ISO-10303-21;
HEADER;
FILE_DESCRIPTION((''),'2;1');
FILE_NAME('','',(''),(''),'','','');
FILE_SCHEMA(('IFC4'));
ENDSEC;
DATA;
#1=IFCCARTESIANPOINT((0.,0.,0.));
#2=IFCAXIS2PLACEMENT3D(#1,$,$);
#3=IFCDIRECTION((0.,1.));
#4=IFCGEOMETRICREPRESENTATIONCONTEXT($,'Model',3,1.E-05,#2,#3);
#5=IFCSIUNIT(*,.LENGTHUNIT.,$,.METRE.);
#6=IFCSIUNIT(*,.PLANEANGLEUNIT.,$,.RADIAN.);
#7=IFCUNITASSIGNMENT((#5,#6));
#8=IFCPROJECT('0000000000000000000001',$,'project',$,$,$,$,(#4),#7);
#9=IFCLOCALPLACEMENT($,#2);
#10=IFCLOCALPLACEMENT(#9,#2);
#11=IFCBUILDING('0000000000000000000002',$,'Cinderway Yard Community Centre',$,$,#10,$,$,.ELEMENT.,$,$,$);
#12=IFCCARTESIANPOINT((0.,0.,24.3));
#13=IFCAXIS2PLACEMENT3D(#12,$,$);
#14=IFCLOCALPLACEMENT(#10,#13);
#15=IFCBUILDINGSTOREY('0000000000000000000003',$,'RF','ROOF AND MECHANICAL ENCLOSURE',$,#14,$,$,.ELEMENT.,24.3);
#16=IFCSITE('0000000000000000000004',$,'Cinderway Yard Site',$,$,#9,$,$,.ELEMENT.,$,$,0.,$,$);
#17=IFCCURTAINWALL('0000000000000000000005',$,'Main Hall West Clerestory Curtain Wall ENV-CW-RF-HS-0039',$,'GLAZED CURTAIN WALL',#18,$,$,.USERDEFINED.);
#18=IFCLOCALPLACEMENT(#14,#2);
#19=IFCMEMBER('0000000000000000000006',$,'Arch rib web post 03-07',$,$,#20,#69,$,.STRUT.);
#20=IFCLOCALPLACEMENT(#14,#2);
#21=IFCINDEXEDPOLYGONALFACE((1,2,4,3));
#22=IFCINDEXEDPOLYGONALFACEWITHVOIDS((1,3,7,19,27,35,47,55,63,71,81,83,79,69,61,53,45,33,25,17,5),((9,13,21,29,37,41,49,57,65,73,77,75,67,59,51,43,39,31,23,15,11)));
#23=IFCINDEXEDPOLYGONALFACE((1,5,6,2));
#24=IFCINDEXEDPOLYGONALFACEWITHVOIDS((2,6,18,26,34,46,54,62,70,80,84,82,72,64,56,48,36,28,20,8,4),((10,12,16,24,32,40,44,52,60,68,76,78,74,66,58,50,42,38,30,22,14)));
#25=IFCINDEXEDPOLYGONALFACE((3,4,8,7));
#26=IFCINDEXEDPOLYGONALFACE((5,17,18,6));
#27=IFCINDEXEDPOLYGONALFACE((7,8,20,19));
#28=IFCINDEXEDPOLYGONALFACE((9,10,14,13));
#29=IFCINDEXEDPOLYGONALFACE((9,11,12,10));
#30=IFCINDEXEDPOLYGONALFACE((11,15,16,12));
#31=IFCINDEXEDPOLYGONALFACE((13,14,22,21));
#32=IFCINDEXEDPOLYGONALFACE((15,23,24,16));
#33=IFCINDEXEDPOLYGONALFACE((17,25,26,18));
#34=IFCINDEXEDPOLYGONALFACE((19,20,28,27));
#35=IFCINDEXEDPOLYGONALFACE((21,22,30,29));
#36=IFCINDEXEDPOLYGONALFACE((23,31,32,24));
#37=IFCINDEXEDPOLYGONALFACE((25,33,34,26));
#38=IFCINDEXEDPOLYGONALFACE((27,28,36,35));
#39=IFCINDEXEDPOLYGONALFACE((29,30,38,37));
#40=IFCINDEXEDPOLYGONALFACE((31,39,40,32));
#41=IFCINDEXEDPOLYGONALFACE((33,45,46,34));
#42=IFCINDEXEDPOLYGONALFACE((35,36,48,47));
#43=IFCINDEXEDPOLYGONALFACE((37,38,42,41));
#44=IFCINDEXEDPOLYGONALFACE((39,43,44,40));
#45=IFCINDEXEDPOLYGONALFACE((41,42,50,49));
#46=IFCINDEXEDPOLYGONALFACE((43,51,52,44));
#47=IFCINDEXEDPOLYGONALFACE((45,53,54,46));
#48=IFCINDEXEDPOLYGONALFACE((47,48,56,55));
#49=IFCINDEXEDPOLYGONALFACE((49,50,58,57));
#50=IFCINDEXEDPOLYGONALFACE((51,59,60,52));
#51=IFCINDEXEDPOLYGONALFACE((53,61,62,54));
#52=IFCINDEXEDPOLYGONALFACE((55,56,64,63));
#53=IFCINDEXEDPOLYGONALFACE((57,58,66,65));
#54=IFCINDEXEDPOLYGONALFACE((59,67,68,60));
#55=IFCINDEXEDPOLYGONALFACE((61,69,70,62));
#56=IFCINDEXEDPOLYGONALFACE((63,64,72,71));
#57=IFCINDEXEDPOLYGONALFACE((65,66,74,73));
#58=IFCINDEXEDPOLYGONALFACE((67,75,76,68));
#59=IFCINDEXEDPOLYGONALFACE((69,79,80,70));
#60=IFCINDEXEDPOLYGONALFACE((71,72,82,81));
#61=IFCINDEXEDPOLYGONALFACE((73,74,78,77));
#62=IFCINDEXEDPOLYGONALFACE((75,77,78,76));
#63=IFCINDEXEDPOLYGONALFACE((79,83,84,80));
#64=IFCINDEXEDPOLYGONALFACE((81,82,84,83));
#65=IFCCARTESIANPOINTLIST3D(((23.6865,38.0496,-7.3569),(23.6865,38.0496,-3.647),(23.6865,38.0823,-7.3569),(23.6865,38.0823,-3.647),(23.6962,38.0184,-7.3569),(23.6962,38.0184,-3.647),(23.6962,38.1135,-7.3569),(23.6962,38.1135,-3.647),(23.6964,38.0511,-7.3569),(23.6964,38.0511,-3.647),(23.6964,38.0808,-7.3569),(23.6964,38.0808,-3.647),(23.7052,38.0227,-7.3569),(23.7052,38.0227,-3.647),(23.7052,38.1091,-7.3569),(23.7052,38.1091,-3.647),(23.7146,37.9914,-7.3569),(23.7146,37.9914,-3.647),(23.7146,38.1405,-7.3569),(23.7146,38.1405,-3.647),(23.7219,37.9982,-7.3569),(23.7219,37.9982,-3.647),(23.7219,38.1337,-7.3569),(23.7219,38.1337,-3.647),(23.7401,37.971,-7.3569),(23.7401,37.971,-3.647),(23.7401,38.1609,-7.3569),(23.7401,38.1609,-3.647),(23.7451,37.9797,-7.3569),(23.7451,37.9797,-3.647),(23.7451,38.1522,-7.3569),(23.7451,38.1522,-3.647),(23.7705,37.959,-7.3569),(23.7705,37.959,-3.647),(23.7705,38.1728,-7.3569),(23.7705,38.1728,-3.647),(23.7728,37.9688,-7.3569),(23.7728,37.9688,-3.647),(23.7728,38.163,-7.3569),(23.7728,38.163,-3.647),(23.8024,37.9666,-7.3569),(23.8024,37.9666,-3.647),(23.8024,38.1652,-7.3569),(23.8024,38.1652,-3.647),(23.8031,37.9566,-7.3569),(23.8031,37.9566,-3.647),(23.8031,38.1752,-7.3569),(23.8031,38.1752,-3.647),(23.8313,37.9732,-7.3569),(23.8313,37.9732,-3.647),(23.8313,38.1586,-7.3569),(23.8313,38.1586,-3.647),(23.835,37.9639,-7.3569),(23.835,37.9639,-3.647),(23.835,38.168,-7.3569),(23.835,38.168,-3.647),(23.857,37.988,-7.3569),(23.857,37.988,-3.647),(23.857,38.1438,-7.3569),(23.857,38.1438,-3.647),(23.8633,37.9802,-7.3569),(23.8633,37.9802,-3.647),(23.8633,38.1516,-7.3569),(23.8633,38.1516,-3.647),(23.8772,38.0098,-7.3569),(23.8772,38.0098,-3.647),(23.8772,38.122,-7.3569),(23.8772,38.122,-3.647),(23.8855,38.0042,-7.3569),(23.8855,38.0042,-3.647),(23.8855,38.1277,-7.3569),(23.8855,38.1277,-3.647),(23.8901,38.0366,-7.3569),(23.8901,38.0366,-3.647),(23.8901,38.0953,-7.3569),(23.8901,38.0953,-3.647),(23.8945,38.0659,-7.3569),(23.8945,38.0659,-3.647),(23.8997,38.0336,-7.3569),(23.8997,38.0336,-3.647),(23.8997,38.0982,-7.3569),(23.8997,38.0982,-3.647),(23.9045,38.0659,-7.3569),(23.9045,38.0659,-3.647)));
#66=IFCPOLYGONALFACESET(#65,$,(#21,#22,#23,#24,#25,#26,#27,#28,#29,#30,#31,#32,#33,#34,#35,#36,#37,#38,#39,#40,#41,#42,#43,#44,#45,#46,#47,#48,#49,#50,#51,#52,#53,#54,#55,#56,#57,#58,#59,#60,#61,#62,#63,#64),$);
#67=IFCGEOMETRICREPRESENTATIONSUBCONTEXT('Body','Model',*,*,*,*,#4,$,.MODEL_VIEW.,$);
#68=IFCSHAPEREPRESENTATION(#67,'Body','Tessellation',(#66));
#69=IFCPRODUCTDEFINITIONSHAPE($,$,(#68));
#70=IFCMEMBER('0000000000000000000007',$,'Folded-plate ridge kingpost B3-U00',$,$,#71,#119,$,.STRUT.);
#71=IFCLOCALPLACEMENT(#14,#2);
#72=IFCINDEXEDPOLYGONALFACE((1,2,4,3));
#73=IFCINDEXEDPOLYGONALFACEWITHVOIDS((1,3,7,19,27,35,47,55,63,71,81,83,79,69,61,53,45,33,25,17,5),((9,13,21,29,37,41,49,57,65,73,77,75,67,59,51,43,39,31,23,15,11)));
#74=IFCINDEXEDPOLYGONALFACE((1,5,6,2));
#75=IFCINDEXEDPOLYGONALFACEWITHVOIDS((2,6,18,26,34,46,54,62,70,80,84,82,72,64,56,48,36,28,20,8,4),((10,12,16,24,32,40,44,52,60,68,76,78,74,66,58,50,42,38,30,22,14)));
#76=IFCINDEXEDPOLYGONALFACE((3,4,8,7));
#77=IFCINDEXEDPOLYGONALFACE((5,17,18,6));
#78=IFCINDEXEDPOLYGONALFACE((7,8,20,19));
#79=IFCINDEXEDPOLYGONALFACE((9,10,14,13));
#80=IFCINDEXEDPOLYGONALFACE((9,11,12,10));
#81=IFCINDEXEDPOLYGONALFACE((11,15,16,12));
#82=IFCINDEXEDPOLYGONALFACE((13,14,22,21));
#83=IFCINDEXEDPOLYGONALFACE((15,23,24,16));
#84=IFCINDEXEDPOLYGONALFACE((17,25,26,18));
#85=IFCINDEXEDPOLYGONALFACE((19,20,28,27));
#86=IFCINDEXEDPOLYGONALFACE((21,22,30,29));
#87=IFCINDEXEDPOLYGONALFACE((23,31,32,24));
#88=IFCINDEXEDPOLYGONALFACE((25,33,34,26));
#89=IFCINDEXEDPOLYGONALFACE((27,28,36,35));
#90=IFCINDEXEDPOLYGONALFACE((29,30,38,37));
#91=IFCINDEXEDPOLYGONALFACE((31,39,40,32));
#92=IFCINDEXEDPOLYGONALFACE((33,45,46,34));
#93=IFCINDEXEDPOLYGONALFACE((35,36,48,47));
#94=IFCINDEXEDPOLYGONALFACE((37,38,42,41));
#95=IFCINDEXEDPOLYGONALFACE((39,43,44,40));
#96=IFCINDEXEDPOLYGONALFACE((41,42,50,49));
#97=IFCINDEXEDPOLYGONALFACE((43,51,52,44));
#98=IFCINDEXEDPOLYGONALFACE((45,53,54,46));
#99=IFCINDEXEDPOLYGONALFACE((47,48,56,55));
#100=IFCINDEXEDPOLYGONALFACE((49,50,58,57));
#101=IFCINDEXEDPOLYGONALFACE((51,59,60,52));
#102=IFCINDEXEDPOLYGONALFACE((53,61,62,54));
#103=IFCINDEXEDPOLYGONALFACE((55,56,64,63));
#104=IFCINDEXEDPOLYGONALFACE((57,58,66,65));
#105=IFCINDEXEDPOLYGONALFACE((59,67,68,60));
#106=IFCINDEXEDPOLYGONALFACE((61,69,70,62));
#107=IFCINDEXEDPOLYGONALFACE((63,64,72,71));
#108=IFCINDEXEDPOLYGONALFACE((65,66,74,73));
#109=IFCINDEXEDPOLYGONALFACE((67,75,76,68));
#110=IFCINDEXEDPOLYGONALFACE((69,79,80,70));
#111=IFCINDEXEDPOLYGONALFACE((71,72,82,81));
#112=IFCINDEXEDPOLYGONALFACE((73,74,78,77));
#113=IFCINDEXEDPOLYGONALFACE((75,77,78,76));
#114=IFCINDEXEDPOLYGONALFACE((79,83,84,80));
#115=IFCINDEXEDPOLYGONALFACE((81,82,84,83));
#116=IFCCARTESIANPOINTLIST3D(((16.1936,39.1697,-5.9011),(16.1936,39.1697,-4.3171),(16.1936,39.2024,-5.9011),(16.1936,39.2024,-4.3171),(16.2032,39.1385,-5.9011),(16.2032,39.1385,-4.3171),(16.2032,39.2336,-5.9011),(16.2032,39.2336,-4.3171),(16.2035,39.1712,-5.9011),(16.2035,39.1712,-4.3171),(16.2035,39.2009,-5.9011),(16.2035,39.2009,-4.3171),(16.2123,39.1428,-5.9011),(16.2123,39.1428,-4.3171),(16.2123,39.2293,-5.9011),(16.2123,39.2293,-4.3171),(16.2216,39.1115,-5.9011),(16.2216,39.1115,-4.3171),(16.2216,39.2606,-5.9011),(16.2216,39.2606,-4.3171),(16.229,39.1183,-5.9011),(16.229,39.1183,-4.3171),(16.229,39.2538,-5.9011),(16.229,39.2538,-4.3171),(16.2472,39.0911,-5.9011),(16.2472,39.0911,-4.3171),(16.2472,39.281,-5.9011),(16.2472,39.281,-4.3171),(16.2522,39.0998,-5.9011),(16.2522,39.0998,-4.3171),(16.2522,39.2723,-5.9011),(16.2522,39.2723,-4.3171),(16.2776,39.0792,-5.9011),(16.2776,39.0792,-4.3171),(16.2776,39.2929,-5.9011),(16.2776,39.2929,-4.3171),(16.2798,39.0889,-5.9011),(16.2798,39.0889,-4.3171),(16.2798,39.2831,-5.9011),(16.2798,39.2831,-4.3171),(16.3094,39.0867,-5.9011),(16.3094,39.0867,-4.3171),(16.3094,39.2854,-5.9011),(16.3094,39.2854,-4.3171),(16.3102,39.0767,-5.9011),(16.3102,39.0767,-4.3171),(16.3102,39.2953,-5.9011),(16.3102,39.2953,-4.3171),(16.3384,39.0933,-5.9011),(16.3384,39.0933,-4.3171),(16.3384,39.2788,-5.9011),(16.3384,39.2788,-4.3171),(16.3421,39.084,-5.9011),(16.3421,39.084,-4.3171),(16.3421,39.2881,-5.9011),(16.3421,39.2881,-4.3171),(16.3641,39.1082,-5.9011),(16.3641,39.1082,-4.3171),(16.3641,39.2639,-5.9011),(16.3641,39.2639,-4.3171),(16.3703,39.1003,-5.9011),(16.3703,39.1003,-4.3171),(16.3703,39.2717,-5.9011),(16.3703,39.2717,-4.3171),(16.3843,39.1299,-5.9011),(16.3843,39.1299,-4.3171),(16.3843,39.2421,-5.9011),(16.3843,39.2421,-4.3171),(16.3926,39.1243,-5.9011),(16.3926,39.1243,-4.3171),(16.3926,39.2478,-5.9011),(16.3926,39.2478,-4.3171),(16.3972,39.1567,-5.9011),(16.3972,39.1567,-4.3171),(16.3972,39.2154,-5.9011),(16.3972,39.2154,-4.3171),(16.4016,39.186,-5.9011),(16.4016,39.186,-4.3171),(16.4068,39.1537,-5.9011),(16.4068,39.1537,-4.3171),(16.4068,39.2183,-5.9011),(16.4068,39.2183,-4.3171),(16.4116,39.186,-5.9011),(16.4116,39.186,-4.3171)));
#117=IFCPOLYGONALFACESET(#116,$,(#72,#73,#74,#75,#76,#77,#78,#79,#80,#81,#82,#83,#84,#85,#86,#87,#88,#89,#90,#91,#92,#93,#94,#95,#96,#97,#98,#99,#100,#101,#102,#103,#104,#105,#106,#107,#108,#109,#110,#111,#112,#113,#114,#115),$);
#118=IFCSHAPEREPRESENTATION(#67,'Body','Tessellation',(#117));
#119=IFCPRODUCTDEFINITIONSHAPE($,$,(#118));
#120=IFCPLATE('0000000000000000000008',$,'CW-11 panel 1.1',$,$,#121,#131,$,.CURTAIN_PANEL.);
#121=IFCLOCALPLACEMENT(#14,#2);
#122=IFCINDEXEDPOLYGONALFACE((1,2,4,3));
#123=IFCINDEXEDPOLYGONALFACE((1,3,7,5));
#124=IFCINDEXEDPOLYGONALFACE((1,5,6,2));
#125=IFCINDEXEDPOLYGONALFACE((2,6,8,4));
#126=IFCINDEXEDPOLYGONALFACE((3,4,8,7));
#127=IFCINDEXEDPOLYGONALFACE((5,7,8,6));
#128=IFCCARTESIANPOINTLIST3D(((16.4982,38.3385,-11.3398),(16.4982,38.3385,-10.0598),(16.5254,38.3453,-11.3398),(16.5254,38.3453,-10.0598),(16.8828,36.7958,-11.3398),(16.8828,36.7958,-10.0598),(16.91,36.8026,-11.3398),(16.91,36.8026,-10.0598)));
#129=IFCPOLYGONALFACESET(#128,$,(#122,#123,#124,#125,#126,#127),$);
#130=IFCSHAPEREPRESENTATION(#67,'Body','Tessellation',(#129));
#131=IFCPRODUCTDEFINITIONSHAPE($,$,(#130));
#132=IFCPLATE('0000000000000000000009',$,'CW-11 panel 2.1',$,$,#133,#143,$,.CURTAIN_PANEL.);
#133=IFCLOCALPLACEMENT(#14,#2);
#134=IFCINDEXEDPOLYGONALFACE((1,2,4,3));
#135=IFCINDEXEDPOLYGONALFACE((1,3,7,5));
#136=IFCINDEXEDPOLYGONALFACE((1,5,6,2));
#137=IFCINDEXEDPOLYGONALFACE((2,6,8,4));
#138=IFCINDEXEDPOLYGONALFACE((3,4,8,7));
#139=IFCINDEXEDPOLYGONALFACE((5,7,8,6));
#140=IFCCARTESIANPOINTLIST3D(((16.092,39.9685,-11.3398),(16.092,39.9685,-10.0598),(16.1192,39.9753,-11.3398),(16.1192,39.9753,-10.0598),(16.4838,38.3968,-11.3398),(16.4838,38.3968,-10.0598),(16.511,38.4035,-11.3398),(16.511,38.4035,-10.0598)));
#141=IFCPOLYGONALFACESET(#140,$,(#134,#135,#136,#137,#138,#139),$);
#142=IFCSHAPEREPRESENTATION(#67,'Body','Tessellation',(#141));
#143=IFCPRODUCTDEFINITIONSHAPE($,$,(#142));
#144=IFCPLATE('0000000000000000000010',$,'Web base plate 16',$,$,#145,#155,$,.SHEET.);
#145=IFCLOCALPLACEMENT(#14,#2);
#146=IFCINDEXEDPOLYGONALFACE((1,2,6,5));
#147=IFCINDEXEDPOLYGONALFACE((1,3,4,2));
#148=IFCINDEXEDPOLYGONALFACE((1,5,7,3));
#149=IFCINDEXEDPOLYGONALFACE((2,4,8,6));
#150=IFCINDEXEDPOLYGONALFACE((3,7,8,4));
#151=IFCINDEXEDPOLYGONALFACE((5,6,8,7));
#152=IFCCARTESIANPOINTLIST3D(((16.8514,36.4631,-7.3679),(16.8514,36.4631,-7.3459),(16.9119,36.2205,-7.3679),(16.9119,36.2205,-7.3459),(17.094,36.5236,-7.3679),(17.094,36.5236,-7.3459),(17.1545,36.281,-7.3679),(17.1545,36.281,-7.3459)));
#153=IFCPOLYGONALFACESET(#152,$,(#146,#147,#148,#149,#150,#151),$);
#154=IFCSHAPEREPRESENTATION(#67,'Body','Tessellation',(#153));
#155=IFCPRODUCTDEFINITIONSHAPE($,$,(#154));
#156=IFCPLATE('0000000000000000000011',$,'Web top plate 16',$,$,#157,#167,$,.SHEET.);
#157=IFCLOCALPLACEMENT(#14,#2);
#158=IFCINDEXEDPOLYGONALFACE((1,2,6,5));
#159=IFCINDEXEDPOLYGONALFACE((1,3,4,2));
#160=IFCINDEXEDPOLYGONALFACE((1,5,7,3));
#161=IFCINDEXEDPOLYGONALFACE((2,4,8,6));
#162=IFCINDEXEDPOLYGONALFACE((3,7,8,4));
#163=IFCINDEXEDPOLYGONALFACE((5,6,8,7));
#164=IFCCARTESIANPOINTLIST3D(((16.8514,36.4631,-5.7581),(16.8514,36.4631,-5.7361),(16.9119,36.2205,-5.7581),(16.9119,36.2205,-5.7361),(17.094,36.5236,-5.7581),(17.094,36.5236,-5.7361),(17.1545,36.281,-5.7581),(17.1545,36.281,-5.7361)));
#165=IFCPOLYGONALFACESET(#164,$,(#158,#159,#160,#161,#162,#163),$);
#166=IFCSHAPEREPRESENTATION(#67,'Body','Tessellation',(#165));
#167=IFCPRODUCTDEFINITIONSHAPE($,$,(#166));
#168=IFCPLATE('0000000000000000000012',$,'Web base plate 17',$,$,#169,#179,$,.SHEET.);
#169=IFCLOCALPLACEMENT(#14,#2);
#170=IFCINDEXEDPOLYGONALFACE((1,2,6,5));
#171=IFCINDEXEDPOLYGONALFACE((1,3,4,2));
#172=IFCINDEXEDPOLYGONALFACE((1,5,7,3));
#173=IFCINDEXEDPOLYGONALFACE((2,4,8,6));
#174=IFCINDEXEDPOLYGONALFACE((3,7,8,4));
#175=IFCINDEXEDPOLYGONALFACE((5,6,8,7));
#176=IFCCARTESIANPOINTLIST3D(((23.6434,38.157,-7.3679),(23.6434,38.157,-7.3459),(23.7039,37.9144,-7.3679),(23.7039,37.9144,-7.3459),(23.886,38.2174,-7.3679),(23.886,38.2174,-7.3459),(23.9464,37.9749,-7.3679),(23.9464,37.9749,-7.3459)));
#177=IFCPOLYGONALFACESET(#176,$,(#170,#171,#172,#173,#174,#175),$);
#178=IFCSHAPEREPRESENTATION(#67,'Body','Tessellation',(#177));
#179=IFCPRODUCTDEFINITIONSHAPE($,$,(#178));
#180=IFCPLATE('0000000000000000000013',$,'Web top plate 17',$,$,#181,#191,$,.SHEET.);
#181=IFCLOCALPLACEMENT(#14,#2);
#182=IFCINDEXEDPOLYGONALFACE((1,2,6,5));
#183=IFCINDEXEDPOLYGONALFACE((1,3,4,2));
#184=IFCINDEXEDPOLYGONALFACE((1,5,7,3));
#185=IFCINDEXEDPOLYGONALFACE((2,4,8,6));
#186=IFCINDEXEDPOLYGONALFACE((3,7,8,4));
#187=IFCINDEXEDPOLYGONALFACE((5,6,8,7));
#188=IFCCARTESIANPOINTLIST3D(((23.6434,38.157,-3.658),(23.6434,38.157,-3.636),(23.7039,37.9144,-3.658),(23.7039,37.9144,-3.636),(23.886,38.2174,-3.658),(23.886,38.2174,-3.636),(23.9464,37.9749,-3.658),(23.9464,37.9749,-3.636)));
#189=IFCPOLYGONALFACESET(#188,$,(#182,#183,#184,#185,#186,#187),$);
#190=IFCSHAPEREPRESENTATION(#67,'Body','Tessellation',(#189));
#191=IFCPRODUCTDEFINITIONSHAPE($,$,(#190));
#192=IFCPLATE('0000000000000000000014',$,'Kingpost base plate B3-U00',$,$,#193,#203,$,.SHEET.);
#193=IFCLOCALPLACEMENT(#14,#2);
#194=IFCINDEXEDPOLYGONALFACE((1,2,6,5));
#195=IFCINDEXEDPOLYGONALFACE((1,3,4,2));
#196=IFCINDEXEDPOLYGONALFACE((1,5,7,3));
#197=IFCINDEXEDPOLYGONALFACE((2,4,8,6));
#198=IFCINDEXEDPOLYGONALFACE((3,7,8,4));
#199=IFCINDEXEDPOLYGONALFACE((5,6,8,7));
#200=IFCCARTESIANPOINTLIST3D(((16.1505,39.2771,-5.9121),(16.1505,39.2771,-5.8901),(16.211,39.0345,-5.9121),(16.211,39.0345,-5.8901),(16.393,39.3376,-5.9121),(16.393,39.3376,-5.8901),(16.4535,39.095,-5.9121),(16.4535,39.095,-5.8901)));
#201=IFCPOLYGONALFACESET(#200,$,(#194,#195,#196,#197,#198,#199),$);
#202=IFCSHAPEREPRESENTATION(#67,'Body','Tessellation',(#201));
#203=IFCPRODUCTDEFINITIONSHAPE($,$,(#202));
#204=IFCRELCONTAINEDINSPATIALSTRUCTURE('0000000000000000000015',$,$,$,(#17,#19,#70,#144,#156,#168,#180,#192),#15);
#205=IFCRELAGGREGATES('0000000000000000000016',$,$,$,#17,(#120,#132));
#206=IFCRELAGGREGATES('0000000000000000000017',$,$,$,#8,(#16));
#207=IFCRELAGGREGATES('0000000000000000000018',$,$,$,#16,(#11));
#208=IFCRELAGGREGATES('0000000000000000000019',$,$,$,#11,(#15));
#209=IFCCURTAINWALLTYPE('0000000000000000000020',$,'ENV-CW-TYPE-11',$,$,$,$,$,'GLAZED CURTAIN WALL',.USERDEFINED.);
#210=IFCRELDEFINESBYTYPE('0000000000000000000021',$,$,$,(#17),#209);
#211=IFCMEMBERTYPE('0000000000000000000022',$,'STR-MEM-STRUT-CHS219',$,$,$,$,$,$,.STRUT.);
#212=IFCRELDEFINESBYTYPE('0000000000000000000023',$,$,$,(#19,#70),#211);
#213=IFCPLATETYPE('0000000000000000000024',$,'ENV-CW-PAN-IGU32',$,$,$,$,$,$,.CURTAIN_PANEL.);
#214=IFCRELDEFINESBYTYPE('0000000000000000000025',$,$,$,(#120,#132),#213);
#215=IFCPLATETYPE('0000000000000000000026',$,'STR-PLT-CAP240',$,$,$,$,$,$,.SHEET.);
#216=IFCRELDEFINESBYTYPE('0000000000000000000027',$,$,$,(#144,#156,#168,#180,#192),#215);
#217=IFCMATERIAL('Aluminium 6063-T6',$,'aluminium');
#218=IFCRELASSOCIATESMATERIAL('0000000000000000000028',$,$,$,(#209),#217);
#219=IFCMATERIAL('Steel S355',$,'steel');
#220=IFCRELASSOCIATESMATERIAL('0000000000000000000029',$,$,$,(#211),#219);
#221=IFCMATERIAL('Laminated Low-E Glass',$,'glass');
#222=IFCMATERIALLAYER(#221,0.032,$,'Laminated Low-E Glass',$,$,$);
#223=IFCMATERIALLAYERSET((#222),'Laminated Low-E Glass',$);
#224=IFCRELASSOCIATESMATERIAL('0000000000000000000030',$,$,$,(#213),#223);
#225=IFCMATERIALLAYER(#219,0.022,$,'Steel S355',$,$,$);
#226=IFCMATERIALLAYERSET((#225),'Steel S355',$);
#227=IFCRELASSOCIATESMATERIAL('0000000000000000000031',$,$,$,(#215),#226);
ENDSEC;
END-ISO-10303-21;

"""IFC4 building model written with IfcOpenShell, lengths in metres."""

from ifc_helpers import new_model, si_unit, direction, frame, origin, origin_2d, place, context, subcontext, project, spatial, rectangle, hollow_circle, extrude, material, layer, layer_set, material_profile, profile_set, type_object, element, aggregate, save


model = new_model("IFC4")

# Units and contexts
model_context = context("Model", 3, precision=1e-05, world=origin(), true_north=direction((0.0, 1.0)))
body_context = subcontext(model_context, "Body", "Model", "MODEL_VIEW")
ifc_project = project(units=[si_unit("LENGTHUNIT", "METRE"), si_unit("PLANEANGLEUNIT", "RADIAN")], contexts=[model_context])

# Site, building, storey
site_placement = place(None, origin())
site = spatial("IfcSite", under=ifc_project, at=site_placement, Name="Cinderway Yard Site", CompositionType="ELEMENT", RefElevation=0.0)
building_placement = place(site_placement, origin())
building = spatial("IfcBuilding", under=site, at=building_placement, Name="Cinderway Yard Community Centre", CompositionType="ELEMENT")
storey_placement = place(building_placement, frame((0.0, 0.0, 24.3)))
storey = spatial("IfcBuildingStorey", under=building, at=storey_placement, Name="RF", Description="ROOF AND MECHANICAL ENCLOSURE", CompositionType="ELEMENT", Elevation=24.3)

# Curtain wall
ifc_material_1 = material(Name="Aluminium 6063-T6", Category="aluminium")
curtain_wall_type = type_object("IfcCurtainWallType", Name="ENV-CW-TYPE-11", ElementType="GLAZED CURTAIN WALL", PredefinedType="USERDEFINED", material=ifc_material_1)
curtain_wall_placement = place(storey_placement, origin())
curtain_wall = element("IfcCurtainWall", 1, at=curtain_wall_placement, inside=storey, type_object=curtain_wall_type, Name="Main Hall West Clerestory Curtain Wall ENV-CW-RF-HS-0039", ObjectType="GLAZED CURTAIN WALL", PredefinedType="USERDEFINED")

# Shared definitions
ifc_material_2 = material(Name="Steel S355", Category="steel")

# Members
ifc_material_profile_1 = material_profile(ifc_material_2, hollow_circle(Radius=0.1096, WallThickness=0.01, at=origin_2d()), Name="Steel S355")
ifc_profile_set_1 = profile_set([ifc_material_profile_1], Name="Steel S355")
member_type_1 = type_object("IfcMemberType", Name="STR-MEM-STRUT-CHS219", PredefinedType="STRUT", material=ifc_profile_set_1)
member_1_placement = place(storey_placement, frame((23.7949, 38.0659, -7.3569), z_axis=(0.0, 0.0, 1.0), x_axis=(1.0, 0.0, 0.0)))
element("IfcMember", 2, at=member_1_placement, inside=storey, type_object=member_type_1, Name="Arch rib web post 03-07", PredefinedType="STRUT", context=body_context, shape_type="SweptSolid", body=[
    extrude(hollow_circle(Radius=0.1096, WallThickness=0.01, at=origin_2d()), origin(), (0.0, 0.0, 1.0), 3.71),
])
member_2_placement = place(storey_placement, frame((16.302, 39.186, -5.9011), z_axis=(0.0, 0.0, 1.0), x_axis=(1.0, 0.0, 0.0)))
element("IfcMember", 3, at=member_2_placement, inside=storey, type_object=member_type_1, Name="Folded-plate ridge kingpost B3-U00", PredefinedType="STRUT", context=body_context, shape_type="SweptSolid", body=[
    extrude(hollow_circle(Radius=0.1096, WallThickness=0.01, at=origin_2d()), origin(), (0.0, 0.0, 1.0), 1.584),
])

# Plates
ifc_material_3 = material(Name="Laminated Low-E Glass", Category="glass")
ifc_layer_1 = layer(ifc_material_3, 0.032, Name="Laminated Low-E Glass")
ifc_layer_set_1 = layer_set([ifc_layer_1], Name="Laminated Low-E Glass")
plate_type_1 = type_object("IfcPlateType", Name="ENV-CW-PAN-IGU32", PredefinedType="CURTAIN_PANEL", material=ifc_layer_set_1)
plate_1_placement = place(storey_placement, frame((16.7041, 37.5706, -11.3398), z_axis=(0.0, 0.0, 1.0), x_axis=(-0.241882, 0.970306, 0.0)))
plate_1 = element("IfcPlate", 4, at=plate_1_placement, type_object=plate_type_1, Name="CW-11 panel 1.1", PredefinedType="CURTAIN_PANEL", context=body_context, shape_type="SweptSolid", body=[
    extrude(rectangle(XDim=1.5898, YDim=0.0281, at=origin_2d()), origin(), (0.0, 0.0, 1.0), 1.28),
])
plate_2_placement = place(storey_placement, frame((16.3015, 39.186, -11.3398), z_axis=(0.0, 0.0, 1.0), x_axis=(-0.241882, 0.970306, 0.0)))
plate_2 = element("IfcPlate", 5, at=plate_2_placement, type_object=plate_type_1, Name="CW-11 panel 2.1", PredefinedType="CURTAIN_PANEL", context=body_context, shape_type="SweptSolid", body=[
    extrude(rectangle(XDim=1.6199, YDim=0.0281, at=origin_2d()), origin(), (0.0, 0.0, 1.0), 1.28),
])
aggregate(curtain_wall, [plate_1, plate_2])

# Plates
ifc_layer_2 = layer(ifc_material_2, 0.022, Name="Steel S355")
ifc_layer_set_2 = layer_set([ifc_layer_2], Name="Steel S355")
plate_type_2 = type_object("IfcPlateType", Name="STR-PLT-CAP240", PredefinedType="SHEET", material=ifc_layer_set_2)
for number, where, z_axis, x_axis, name in (
    (6, (17.0029, 36.3721, -7.3679), (0.0, 0.0, 1.0), (0.970296, 0.241922, 0.0), "Web base plate 16"),
    (7, (17.0029, 36.3721, -5.7581), (0.0, 0.0, 1.0), (0.970296, 0.241922, 0.0), "Web top plate 16"),
    (8, (23.7949, 38.0659, -7.3679), (0.0, 0.0, 1.0), (0.970296, 0.241922, 0.0), "Web base plate 17"),
    (9, (23.7949, 38.0659, -3.658), (0.0, 0.0, 1.0), (0.970296, 0.241922, 0.0), "Web top plate 17"),
    (10, (16.302, 39.186, -5.9121), (0.0, 0.0, 1.0), (0.970296, 0.241922, 0.0), "Kingpost base plate B3-U00"),
):
    element("IfcPlate", number, at=place(storey_placement, frame(where, z_axis=z_axis, x_axis=x_axis)), inside=storey, type_object=plate_type_2, Name=name, PredefinedType="SHEET", context=body_context, shape_type="SweptSolid", body=[
        extrude(rectangle(XDim=0.25, YDim=0.25, at=origin_2d()), origin(), (0.0, 0.0, 1.0), 0.022),
    ])

save(model, "model.ifc")
